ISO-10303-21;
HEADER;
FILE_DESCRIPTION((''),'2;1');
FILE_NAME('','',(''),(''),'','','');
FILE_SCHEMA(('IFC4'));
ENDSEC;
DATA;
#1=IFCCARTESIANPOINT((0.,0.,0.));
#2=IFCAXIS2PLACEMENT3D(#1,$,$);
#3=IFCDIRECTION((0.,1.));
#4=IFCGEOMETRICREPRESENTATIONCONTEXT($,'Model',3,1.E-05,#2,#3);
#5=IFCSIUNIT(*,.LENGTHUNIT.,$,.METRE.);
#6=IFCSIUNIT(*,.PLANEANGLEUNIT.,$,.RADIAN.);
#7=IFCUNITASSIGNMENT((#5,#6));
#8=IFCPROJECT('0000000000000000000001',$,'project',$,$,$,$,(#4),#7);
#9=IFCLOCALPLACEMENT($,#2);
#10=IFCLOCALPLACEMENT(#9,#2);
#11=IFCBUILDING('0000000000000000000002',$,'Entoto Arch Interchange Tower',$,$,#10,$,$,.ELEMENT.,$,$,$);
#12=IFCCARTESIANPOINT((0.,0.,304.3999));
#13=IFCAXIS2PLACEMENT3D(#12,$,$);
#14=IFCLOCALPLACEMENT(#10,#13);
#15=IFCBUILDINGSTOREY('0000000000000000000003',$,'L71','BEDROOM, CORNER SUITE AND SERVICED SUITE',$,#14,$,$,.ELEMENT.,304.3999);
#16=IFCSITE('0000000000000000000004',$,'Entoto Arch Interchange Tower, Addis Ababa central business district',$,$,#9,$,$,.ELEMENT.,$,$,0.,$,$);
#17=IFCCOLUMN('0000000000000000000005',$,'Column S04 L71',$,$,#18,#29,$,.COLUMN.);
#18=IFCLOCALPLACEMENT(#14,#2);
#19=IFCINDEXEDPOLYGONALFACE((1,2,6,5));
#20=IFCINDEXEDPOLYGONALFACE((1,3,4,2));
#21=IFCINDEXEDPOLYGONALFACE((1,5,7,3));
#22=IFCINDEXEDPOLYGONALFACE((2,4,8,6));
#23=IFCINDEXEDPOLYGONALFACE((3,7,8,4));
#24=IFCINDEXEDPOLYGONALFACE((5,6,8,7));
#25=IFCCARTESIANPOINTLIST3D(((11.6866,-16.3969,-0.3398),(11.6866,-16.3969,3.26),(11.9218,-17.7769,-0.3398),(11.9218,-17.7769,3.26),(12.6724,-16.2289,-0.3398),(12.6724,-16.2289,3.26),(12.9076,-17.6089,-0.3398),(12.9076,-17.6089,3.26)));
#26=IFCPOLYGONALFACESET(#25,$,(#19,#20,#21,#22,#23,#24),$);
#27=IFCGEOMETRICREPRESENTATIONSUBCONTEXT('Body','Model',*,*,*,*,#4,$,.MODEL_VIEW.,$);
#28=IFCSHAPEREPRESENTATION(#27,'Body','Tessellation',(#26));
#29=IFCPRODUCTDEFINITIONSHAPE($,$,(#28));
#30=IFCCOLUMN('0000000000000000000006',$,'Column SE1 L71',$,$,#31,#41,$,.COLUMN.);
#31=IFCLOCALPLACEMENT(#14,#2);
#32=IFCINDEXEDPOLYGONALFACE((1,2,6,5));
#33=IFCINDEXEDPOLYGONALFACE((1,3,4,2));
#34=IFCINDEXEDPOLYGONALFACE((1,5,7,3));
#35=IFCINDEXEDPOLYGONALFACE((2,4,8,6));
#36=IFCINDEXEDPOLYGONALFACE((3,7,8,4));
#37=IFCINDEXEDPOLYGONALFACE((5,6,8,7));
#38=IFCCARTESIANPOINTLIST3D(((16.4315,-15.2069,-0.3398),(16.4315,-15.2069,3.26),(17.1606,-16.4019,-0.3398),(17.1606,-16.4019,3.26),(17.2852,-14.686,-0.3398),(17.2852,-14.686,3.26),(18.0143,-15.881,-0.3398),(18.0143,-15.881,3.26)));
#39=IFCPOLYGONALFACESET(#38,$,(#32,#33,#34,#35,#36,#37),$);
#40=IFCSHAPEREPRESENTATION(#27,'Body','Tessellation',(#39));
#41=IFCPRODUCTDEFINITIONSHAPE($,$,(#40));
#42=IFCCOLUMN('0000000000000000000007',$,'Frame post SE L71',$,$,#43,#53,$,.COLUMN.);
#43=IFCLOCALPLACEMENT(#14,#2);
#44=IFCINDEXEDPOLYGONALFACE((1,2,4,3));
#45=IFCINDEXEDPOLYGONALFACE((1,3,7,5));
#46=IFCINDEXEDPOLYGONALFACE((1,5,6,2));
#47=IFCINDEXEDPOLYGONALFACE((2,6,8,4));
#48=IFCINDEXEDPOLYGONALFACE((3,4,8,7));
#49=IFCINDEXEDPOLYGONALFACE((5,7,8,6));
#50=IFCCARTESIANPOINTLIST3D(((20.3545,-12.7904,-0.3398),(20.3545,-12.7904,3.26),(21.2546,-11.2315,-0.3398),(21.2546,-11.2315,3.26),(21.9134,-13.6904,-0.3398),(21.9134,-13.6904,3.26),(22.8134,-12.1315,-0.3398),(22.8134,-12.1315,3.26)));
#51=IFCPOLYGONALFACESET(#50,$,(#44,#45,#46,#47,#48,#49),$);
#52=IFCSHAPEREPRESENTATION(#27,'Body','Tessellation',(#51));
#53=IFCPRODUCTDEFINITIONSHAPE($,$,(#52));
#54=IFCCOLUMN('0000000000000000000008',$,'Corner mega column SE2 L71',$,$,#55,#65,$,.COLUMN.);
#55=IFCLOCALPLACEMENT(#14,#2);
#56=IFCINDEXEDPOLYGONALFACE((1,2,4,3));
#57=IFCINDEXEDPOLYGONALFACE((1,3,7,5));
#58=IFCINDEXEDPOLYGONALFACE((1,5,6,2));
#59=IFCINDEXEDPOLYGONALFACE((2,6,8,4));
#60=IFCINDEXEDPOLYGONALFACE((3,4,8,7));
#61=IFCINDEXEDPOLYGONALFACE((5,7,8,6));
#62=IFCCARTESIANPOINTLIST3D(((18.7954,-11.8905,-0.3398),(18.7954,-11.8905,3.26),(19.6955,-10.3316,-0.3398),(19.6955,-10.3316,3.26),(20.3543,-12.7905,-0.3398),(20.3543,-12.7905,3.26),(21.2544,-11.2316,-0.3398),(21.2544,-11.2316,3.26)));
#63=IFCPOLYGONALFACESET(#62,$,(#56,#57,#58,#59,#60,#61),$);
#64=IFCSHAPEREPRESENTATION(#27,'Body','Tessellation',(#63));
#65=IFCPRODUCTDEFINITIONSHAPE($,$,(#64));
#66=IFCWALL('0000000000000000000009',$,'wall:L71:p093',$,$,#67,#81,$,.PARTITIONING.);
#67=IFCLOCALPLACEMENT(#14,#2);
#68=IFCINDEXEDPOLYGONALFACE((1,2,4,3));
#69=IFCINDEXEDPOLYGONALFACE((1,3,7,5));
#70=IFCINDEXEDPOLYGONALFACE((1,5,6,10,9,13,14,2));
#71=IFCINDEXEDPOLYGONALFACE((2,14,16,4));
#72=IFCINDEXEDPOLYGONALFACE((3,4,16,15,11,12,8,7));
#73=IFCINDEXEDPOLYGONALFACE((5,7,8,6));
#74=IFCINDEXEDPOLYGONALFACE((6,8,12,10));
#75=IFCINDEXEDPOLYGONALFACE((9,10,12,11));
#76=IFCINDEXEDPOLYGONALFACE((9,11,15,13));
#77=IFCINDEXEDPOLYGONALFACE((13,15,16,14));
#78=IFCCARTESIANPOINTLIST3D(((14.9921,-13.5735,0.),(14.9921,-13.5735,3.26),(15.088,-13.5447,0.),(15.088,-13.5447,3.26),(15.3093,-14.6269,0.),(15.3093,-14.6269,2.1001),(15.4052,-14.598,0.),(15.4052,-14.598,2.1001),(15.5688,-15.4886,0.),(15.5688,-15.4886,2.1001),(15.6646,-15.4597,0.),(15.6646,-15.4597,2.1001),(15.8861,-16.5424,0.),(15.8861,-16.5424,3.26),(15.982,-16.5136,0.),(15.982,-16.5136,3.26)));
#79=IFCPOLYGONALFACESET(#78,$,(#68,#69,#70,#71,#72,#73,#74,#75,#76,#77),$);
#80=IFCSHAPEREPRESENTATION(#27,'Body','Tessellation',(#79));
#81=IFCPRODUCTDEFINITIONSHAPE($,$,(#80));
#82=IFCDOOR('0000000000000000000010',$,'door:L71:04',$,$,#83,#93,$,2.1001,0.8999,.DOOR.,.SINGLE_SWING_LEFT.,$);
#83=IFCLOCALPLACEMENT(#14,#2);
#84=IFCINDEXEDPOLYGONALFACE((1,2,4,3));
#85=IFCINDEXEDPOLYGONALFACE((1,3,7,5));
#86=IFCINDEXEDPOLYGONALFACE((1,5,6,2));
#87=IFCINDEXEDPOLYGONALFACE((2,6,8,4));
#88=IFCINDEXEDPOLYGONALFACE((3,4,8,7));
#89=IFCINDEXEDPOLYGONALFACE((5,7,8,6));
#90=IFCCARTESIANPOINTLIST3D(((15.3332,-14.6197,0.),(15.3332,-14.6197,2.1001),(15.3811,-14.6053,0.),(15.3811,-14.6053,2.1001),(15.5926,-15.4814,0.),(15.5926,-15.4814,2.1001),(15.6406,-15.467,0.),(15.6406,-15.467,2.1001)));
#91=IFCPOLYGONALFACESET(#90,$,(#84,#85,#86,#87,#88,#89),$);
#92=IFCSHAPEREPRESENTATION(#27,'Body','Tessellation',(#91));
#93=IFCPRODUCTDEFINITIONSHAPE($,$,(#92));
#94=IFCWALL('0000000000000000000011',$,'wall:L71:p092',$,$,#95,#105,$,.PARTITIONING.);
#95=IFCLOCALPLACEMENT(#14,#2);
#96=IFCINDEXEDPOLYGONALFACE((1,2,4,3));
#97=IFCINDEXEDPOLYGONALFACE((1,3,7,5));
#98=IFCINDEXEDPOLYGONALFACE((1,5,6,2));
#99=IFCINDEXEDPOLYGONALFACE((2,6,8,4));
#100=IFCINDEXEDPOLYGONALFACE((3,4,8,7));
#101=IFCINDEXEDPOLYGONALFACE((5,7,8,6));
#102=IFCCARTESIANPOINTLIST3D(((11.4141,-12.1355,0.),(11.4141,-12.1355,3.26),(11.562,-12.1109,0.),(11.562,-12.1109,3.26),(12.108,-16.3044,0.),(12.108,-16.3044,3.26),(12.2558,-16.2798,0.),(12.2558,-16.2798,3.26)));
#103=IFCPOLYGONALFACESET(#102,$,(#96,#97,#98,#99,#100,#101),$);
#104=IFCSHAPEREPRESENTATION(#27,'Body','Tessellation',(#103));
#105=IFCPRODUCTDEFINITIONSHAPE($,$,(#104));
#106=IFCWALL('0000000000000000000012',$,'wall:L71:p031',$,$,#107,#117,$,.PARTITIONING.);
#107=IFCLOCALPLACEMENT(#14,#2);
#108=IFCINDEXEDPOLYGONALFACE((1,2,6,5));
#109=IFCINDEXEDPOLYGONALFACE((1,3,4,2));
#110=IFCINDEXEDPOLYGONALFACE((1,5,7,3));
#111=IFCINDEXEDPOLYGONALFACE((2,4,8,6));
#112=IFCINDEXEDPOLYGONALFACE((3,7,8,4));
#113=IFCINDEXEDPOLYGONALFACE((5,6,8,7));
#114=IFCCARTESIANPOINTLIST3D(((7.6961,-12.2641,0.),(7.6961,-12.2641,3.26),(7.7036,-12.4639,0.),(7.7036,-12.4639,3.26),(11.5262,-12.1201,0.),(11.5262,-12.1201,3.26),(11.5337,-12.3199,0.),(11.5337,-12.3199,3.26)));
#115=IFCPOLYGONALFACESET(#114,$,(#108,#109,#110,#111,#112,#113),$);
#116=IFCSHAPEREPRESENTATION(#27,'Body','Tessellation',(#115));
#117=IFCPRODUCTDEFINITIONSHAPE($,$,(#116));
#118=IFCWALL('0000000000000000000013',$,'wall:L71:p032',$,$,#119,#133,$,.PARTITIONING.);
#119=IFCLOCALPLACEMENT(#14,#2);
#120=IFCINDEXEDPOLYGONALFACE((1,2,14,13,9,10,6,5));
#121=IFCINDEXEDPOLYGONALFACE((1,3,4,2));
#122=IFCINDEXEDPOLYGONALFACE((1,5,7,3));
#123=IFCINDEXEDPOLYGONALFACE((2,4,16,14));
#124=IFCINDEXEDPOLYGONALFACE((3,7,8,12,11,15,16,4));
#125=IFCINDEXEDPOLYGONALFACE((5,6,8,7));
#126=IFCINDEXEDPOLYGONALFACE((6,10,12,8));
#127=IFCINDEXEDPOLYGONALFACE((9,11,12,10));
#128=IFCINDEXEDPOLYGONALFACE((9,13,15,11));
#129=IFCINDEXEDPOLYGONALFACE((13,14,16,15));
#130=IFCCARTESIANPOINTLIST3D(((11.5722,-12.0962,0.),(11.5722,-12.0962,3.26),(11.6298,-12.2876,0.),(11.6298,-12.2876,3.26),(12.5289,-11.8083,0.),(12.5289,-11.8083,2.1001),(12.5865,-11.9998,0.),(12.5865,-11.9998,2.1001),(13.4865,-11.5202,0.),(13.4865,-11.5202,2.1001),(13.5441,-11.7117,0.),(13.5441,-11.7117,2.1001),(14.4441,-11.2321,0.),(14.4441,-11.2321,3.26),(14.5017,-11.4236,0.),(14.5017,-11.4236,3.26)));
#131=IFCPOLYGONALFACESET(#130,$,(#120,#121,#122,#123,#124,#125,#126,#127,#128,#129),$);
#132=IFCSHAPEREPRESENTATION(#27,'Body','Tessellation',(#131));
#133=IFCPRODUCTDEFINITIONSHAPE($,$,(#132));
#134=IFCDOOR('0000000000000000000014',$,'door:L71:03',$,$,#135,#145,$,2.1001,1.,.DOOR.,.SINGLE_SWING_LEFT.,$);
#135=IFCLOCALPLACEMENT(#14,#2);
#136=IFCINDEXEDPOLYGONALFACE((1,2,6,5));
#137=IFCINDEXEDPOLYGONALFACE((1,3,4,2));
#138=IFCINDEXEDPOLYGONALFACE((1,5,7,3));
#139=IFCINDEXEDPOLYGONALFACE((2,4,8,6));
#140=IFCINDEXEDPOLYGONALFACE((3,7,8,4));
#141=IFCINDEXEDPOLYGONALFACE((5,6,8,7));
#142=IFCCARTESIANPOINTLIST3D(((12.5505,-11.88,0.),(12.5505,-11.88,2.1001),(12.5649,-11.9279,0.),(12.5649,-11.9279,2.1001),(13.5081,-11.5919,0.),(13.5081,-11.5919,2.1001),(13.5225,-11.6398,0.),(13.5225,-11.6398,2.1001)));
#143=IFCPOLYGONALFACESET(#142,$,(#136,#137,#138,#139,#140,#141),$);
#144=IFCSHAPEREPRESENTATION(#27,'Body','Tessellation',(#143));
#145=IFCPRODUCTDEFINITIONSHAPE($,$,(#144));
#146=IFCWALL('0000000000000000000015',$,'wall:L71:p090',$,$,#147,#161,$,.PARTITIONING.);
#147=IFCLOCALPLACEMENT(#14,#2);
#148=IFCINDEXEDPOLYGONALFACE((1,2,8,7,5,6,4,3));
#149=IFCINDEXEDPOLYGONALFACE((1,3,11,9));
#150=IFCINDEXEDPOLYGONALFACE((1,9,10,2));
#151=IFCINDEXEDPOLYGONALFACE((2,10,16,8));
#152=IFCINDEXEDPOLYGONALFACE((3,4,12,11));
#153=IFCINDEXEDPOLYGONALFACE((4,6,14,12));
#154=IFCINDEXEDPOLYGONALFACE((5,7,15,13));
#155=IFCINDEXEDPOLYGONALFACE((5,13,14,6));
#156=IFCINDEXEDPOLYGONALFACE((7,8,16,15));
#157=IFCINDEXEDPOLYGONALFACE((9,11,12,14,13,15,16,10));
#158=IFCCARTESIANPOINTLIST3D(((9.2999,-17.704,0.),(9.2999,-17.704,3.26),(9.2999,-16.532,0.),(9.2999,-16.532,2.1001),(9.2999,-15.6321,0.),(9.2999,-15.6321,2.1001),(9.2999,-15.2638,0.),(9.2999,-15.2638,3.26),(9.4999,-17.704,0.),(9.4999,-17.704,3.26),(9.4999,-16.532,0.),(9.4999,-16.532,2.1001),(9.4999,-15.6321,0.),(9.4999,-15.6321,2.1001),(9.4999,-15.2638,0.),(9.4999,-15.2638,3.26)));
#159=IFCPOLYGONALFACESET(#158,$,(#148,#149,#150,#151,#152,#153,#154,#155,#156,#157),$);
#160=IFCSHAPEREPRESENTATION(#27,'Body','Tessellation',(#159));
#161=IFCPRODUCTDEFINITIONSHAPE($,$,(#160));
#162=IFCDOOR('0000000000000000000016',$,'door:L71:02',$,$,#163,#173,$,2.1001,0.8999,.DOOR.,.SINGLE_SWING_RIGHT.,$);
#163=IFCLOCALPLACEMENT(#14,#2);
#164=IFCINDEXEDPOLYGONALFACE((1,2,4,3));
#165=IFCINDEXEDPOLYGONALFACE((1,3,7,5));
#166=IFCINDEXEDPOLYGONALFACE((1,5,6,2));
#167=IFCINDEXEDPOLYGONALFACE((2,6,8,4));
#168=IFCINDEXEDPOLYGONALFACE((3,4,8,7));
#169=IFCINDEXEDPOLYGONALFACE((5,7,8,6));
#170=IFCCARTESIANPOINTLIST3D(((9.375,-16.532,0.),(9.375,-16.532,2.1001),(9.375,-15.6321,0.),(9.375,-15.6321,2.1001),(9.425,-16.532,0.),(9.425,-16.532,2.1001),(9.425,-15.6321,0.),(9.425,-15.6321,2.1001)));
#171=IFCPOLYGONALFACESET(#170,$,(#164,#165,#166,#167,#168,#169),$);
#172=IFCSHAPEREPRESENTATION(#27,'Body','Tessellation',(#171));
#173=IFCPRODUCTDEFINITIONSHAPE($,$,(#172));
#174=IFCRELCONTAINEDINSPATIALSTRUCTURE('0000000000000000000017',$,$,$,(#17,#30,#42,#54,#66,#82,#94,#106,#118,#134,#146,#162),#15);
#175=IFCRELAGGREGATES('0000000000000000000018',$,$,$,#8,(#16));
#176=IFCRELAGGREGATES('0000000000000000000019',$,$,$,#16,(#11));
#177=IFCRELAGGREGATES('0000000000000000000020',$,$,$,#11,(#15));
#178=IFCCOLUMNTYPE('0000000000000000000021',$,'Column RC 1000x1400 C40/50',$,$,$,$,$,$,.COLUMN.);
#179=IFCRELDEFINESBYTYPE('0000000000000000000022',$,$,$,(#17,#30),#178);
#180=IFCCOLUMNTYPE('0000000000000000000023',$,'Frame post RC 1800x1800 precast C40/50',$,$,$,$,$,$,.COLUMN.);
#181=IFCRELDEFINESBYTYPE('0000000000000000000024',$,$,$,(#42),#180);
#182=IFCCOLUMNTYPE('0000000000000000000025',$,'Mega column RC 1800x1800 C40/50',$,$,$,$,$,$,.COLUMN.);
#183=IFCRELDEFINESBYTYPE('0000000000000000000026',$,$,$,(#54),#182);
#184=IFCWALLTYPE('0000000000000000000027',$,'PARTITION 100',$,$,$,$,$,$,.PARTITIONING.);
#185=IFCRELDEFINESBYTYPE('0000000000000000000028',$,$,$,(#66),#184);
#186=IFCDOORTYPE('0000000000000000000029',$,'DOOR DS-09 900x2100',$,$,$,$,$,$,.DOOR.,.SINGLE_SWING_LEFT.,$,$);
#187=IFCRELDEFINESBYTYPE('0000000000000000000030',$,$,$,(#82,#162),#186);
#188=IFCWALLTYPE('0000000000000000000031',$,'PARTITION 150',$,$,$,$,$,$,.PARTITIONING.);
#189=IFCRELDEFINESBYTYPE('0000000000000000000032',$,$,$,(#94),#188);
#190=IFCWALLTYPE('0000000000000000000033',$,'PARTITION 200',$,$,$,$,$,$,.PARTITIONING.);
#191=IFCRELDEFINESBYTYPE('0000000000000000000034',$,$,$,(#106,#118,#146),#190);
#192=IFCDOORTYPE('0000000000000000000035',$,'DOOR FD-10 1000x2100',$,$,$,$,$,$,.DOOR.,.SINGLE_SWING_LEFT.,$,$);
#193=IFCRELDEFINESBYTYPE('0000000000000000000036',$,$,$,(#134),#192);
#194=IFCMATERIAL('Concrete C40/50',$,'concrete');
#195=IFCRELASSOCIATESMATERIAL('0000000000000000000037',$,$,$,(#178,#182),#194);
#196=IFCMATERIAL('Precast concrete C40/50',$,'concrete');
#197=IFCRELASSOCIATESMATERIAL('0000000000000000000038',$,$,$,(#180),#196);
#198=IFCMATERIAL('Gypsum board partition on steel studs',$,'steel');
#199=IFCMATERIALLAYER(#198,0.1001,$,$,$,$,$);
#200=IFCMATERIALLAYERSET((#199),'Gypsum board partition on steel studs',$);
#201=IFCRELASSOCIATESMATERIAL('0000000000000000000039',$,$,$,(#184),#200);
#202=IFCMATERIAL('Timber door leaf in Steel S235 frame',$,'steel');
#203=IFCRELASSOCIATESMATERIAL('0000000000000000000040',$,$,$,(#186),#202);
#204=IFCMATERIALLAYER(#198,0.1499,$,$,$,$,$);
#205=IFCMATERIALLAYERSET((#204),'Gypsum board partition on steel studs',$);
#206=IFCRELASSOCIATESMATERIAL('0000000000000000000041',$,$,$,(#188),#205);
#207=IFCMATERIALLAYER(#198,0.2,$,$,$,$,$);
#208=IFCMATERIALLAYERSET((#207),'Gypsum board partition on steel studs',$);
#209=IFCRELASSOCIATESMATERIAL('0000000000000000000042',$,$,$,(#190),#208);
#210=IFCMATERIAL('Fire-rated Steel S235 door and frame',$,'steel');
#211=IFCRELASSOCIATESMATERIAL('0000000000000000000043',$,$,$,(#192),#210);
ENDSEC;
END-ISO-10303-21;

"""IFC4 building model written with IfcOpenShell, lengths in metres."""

from ifc_helpers import new_model, si_unit, direction, frame, frame_2d, origin, origin_2d, place, context, subcontext, project, spatial, rectangle, extrude, material, layer, layer_set, material_profile, profile_set, type_object, element, fill, save


model = new_model("IFC4")

# Units and contexts
model_context = context("Model", 3, precision=1e-05, world=origin(), true_north=direction((0.0, 1.0)))
body_context = subcontext(model_context, "Body", "Model", "MODEL_VIEW")
ifc_project = project(units=[si_unit("LENGTHUNIT", "METRE"), si_unit("PLANEANGLEUNIT", "RADIAN")], contexts=[model_context])

# Site, building, storey
site_placement = place(None, origin())
site = spatial("IfcSite", under=ifc_project, at=site_placement, Name="Entoto Arch Interchange Tower, Addis Ababa central business district", CompositionType="ELEMENT", RefElevation=0.0)
building_placement = place(site_placement, origin())
building = spatial("IfcBuilding", under=site, at=building_placement, Name="Entoto Arch Interchange Tower", CompositionType="ELEMENT")
storey_placement = place(building_placement, frame((0.0, 0.0, 304.3999)))
storey = spatial("IfcBuildingStorey", under=building, at=storey_placement, Name="L71", Description="BEDROOM, CORNER SUITE AND SERVICED SUITE", CompositionType="ELEMENT", Elevation=304.3999)

# Columns
ifc_material_1 = material(Name="Concrete C40/50", Category="concrete")
ifc_material_profile_1 = material_profile(ifc_material_1, rectangle(XDim=1.0, YDim=1.3999, at=origin_2d()))
ifc_profile_set_1 = profile_set([ifc_material_profile_1], Name="Concrete C40/50")
column_type_1 = type_object("IfcColumnType", Name="Column RC 1000x1400 C40/50", PredefinedType="COLUMN", material=ifc_profile_set_1)
for number, where, z_axis, x_axis, name in (
    (1, (12.2971, -17.0029, -0.3398), (0.0, 0.0, 1.0), (0.985786, 0.168008, 0.0), "Column S04 L71"),
    (2, (17.2229, -15.5439, -0.3398), (0.0, 0.0, 1.0), (0.853651, 0.520846, 0.0), "Column SE1 L71"),
):
    element("IfcColumn", number, at=place(storey_placement, frame(where, z_axis=z_axis, x_axis=x_axis)), inside=storey, type_object=column_type_1, Name=name, PredefinedType="COLUMN", context=body_context, shape_type="SweptSolid", body=[
        extrude(rectangle(XDim=1.0, YDim=1.3999, at=origin_2d()), origin(), (0.0, 0.0, 1.0), 3.5999),
    ])
ifc_material_2 = material(Name="Precast concrete C40/50", Category="concrete")
ifc_material_profile_2 = material_profile(ifc_material_2, rectangle(XDim=1.8, YDim=1.8, at=origin_2d()))
ifc_profile_set_2 = profile_set([ifc_material_profile_2], Name="Precast concrete C40/50")
column_type_2 = type_object("IfcColumnType", Name="Frame post RC 1800x1800 precast C40/50", PredefinedType="COLUMN", material=ifc_profile_set_2)
column_1_placement = place(storey_placement, frame((21.584, -12.4609, -0.3398), z_axis=(0.0, 0.0, 1.0), x_axis=(-0.866025, 0.5, 0.0)))
element("IfcColumn", 3, at=column_1_placement, inside=storey, type_object=column_type_2, Name="Frame post SE L71", PredefinedType="COLUMN", context=body_context, shape_type="SweptSolid", body=[
    extrude(rectangle(XDim=1.8, YDim=1.8, at=origin_2d()), origin(), (0.0, 0.0, 1.0), 3.5999),
])
ifc_material_profile_3 = material_profile(ifc_material_1, rectangle(XDim=1.8, YDim=1.8, at=origin_2d()))
ifc_profile_set_3 = profile_set([ifc_material_profile_3], Name="Concrete C40/50")
column_type_3 = type_object("IfcColumnType", Name="Mega column RC 1800x1800 C40/50", PredefinedType="COLUMN", material=ifc_profile_set_3)
column_2_placement = place(storey_placement, frame((20.0249, -11.561, -0.3398), z_axis=(0.0, 0.0, 1.0), x_axis=(-0.866025, 0.5, 0.0)))
element("IfcColumn", 4, at=column_2_placement, inside=storey, type_object=column_type_3, Name="Corner mega column SE2 L71", PredefinedType="COLUMN", context=body_context, shape_type="SweptSolid", body=[
    extrude(rectangle(XDim=1.8, YDim=1.8, at=origin_2d()), origin(), (0.0, 0.0, 1.0), 3.5999),
])

# Wall, opening, door
ifc_material_3 = material(Name="Gypsum board partition on steel studs", Category="steel")
ifc_layer_1 = layer(ifc_material_3, 0.1001)
ifc_layer_set_1 = layer_set([ifc_layer_1], Name="Gypsum board partition on steel studs")
wall_type_1 = type_object("IfcWallType", Name="PARTITION 100", PredefinedType="PARTITIONING", material=ifc_layer_set_1)
wall_1_placement = place(storey_placement, frame((15.04, -13.5591, 0.0), z_axis=(0.0, 0.0, 1.0), x_axis=(0.288337, -0.957529, 0.0)))
wall_1 = element("IfcWall", 5, at=wall_1_placement, inside=storey, type_object=wall_type_1, Name="wall:L71:p093", PredefinedType="PARTITIONING", context=body_context, shape_type="SweptSolid", body=[
    extrude(rectangle(XDim=3.1006, YDim=0.1001, at=frame_2d((1.5503, 0.0))), origin(), (0.0, 0.0, 1.0), 3.26),
])
opening_1_placement = place(wall_1_placement, frame((1.1001, 0.0, 0.0)))
opening_1 = element("IfcOpeningElement", 6, at=opening_1_placement, cuts=wall_1, PredefinedType="OPENING", context=body_context, shape_type="SweptSolid", body=[
    extrude(rectangle(XDim=0.8999, YDim=2.1001, at=frame_2d((0.45, 1.05))), frame((0.0, 0.0601, 0.0), z_axis=(0.0, -1.0, 0.0), x_axis=(1.0, 0.0, 0.0)), (0.0, 0.0, 1.0), 0.1201),
])
ifc_material_4 = material(Name="Timber door leaf in Steel S235 frame", Category="steel")
door_type_1 = type_object("IfcDoorType", Name="DOOR DS-09 900x2100", OperationType="SINGLE_SWING_LEFT", PredefinedType="DOOR", material=ifc_material_4)
door_1_placement = place(opening_1_placement, origin())
door_1 = element("IfcDoor", 7, at=door_1_placement, inside=storey, type_object=door_type_1, Name="door:L71:04", OperationType="SINGLE_SWING_LEFT", OverallHeight=2.1001, OverallWidth=0.8999, PredefinedType="DOOR", context=body_context, shape_type="SweptSolid", body=[
    extrude(rectangle(XDim=0.8999, YDim=2.1001, at=frame_2d((0.45, 1.05))), frame((0.0, 0.0249, 0.0), z_axis=(0.0, -1.0, 0.0), x_axis=(1.0, 0.0, 0.0)), (0.0, 0.0, 1.0), 0.05),
])
fill(opening_1, door_1)

# Walls
ifc_layer_2 = layer(ifc_material_3, 0.1499)
ifc_layer_set_2 = layer_set([ifc_layer_2], Name="Gypsum board partition on steel studs")
wall_type_2 = type_object("IfcWallType", Name="PARTITION 150", PredefinedType="PARTITIONING", material=ifc_layer_set_2)
wall_2_placement = place(storey_placement, frame((11.488, -12.123, 0.0), z_axis=(0.0, 0.0, 1.0), x_axis=(0.164174, -0.986431, 0.0)))
element("IfcWall", 8, at=wall_2_placement, inside=storey, type_object=wall_type_2, Name="wall:L71:p092", PredefinedType="PARTITIONING", context=body_context, shape_type="SweptSolid", body=[
    extrude(rectangle(XDim=4.2263, YDim=0.1499, at=frame_2d((2.1133, 0.0))), origin(), (0.0, 0.0, 1.0), 3.26),
])
ifc_layer_3 = layer(ifc_material_3, 0.2)
ifc_layer_set_3 = layer_set([ifc_layer_3], Name="Gypsum board partition on steel studs")
wall_type_3 = type_object("IfcWallType", Name="PARTITION 200", PredefinedType="PARTITIONING", material=ifc_layer_set_3)
wall_3_placement = place(storey_placement, frame((11.53, -12.22, 0.0), z_axis=(0.0, 0.0, 1.0), x_axis=(-0.999294, -0.037582, 0.0)))
element("IfcWall", 9, at=wall_3_placement, inside=storey, type_object=wall_type_3, Name="wall:L71:p031", PredefinedType="PARTITIONING", context=body_context, shape_type="SweptSolid", body=[
    extrude(rectangle(XDim=3.8328, YDim=0.2, at=frame_2d((1.9165, 0.0))), origin(), (0.0, 0.0, 1.0), 3.26),
])

# Walls, openings, doors
wall_4_placement = place(storey_placement, frame((14.4729, -11.3279, 0.0), z_axis=(0.0, 0.0, 1.0), x_axis=(-0.9576, -0.288102, 0.0)))
wall_4 = element("IfcWall", 10, at=wall_4_placement, inside=storey, type_object=wall_type_3, Name="wall:L71:p032", PredefinedType="PARTITIONING", context=body_context, shape_type="SweptSolid", body=[
    extrude(rectangle(XDim=2.999, YDim=0.2, at=frame_2d((1.4995, 0.0))), origin(), (0.0, 0.0, 1.0), 3.26),
])
opening_2_placement = place(wall_4_placement, frame((1.0, 0.0, 0.0)))
opening_2 = element("IfcOpeningElement", 11, at=opening_2_placement, cuts=wall_4, PredefinedType="OPENING", context=body_context, shape_type="SweptSolid", body=[
    extrude(rectangle(XDim=1.0, YDim=2.1001, at=frame_2d((0.5, 1.05))), frame((0.0, 0.1099, 0.0), z_axis=(0.0, -1.0, 0.0), x_axis=(1.0, 0.0, 0.0)), (0.0, 0.0, 1.0), 0.22),
])
ifc_material_5 = material(Name="Fire-rated Steel S235 door and frame", Category="steel")
door_type_2 = type_object("IfcDoorType", Name="DOOR FD-10 1000x2100", OperationType="SINGLE_SWING_LEFT", PredefinedType="DOOR", material=ifc_material_5)
door_2_placement = place(opening_2_placement, origin())
door_2 = element("IfcDoor", 12, at=door_2_placement, inside=storey, type_object=door_type_2, Name="door:L71:03", OperationType="SINGLE_SWING_LEFT", OverallHeight=2.1001, OverallWidth=1.0, PredefinedType="DOOR", context=body_context, shape_type="SweptSolid", body=[
    extrude(rectangle(XDim=1.0, YDim=2.1001, at=frame_2d((0.5, 1.05))), frame((0.0, 0.0249, 0.0), z_axis=(0.0, -1.0, 0.0), x_axis=(1.0, 0.0, 0.0)), (0.0, 0.0, 1.0), 0.05),
])
fill(opening_2, door_2)
wall_5_placement = place(storey_placement, frame((9.3999, -17.7041, 0.0), z_axis=(0.0, 0.0, 1.0), x_axis=(0.0, 1.0, 0.0)))
wall_5 = element("IfcWall", 13, at=wall_5_placement, inside=storey, type_object=wall_type_3, Name="wall:L71:p090", PredefinedType="PARTITIONING", context=body_context, shape_type="SweptSolid", body=[
    extrude(rectangle(XDim=2.4402, YDim=0.2, at=frame_2d((1.2202, 0.0))), origin(), (0.0, 0.0, 1.0), 3.26),
])
opening_3_placement = place(wall_5_placement, frame((1.1721, 0.0, 0.0)))
opening_3 = element("IfcOpeningElement", 14, at=opening_3_placement, cuts=wall_5, PredefinedType="OPENING", context=body_context, shape_type="SweptSolid", body=[
    extrude(rectangle(XDim=0.8999, YDim=2.1001, at=frame_2d((0.45, 1.05))), frame((0.0, 0.1099, 0.0), z_axis=(0.0, -1.0, 0.0), x_axis=(1.0, 0.0, 0.0)), (0.0, 0.0, 1.0), 0.22),
])
door_3_placement = place(opening_3_placement, origin())
door_3 = element("IfcDoor", 15, at=door_3_placement, inside=storey, type_object=door_type_1, Name="door:L71:02", OperationType="SINGLE_SWING_RIGHT", OverallHeight=2.1001, OverallWidth=0.8999, PredefinedType="DOOR", context=body_context, shape_type="SweptSolid", body=[
    extrude(rectangle(XDim=0.8999, YDim=2.1001, at=frame_2d((0.45, 1.05))), frame((0.0, 0.0249, 0.0), z_axis=(0.0, -1.0, 0.0), x_axis=(1.0, 0.0, 0.0)), (0.0, 0.0, 1.0), 0.05),
])
fill(opening_3, door_3)

save(model, "model.ifc")
